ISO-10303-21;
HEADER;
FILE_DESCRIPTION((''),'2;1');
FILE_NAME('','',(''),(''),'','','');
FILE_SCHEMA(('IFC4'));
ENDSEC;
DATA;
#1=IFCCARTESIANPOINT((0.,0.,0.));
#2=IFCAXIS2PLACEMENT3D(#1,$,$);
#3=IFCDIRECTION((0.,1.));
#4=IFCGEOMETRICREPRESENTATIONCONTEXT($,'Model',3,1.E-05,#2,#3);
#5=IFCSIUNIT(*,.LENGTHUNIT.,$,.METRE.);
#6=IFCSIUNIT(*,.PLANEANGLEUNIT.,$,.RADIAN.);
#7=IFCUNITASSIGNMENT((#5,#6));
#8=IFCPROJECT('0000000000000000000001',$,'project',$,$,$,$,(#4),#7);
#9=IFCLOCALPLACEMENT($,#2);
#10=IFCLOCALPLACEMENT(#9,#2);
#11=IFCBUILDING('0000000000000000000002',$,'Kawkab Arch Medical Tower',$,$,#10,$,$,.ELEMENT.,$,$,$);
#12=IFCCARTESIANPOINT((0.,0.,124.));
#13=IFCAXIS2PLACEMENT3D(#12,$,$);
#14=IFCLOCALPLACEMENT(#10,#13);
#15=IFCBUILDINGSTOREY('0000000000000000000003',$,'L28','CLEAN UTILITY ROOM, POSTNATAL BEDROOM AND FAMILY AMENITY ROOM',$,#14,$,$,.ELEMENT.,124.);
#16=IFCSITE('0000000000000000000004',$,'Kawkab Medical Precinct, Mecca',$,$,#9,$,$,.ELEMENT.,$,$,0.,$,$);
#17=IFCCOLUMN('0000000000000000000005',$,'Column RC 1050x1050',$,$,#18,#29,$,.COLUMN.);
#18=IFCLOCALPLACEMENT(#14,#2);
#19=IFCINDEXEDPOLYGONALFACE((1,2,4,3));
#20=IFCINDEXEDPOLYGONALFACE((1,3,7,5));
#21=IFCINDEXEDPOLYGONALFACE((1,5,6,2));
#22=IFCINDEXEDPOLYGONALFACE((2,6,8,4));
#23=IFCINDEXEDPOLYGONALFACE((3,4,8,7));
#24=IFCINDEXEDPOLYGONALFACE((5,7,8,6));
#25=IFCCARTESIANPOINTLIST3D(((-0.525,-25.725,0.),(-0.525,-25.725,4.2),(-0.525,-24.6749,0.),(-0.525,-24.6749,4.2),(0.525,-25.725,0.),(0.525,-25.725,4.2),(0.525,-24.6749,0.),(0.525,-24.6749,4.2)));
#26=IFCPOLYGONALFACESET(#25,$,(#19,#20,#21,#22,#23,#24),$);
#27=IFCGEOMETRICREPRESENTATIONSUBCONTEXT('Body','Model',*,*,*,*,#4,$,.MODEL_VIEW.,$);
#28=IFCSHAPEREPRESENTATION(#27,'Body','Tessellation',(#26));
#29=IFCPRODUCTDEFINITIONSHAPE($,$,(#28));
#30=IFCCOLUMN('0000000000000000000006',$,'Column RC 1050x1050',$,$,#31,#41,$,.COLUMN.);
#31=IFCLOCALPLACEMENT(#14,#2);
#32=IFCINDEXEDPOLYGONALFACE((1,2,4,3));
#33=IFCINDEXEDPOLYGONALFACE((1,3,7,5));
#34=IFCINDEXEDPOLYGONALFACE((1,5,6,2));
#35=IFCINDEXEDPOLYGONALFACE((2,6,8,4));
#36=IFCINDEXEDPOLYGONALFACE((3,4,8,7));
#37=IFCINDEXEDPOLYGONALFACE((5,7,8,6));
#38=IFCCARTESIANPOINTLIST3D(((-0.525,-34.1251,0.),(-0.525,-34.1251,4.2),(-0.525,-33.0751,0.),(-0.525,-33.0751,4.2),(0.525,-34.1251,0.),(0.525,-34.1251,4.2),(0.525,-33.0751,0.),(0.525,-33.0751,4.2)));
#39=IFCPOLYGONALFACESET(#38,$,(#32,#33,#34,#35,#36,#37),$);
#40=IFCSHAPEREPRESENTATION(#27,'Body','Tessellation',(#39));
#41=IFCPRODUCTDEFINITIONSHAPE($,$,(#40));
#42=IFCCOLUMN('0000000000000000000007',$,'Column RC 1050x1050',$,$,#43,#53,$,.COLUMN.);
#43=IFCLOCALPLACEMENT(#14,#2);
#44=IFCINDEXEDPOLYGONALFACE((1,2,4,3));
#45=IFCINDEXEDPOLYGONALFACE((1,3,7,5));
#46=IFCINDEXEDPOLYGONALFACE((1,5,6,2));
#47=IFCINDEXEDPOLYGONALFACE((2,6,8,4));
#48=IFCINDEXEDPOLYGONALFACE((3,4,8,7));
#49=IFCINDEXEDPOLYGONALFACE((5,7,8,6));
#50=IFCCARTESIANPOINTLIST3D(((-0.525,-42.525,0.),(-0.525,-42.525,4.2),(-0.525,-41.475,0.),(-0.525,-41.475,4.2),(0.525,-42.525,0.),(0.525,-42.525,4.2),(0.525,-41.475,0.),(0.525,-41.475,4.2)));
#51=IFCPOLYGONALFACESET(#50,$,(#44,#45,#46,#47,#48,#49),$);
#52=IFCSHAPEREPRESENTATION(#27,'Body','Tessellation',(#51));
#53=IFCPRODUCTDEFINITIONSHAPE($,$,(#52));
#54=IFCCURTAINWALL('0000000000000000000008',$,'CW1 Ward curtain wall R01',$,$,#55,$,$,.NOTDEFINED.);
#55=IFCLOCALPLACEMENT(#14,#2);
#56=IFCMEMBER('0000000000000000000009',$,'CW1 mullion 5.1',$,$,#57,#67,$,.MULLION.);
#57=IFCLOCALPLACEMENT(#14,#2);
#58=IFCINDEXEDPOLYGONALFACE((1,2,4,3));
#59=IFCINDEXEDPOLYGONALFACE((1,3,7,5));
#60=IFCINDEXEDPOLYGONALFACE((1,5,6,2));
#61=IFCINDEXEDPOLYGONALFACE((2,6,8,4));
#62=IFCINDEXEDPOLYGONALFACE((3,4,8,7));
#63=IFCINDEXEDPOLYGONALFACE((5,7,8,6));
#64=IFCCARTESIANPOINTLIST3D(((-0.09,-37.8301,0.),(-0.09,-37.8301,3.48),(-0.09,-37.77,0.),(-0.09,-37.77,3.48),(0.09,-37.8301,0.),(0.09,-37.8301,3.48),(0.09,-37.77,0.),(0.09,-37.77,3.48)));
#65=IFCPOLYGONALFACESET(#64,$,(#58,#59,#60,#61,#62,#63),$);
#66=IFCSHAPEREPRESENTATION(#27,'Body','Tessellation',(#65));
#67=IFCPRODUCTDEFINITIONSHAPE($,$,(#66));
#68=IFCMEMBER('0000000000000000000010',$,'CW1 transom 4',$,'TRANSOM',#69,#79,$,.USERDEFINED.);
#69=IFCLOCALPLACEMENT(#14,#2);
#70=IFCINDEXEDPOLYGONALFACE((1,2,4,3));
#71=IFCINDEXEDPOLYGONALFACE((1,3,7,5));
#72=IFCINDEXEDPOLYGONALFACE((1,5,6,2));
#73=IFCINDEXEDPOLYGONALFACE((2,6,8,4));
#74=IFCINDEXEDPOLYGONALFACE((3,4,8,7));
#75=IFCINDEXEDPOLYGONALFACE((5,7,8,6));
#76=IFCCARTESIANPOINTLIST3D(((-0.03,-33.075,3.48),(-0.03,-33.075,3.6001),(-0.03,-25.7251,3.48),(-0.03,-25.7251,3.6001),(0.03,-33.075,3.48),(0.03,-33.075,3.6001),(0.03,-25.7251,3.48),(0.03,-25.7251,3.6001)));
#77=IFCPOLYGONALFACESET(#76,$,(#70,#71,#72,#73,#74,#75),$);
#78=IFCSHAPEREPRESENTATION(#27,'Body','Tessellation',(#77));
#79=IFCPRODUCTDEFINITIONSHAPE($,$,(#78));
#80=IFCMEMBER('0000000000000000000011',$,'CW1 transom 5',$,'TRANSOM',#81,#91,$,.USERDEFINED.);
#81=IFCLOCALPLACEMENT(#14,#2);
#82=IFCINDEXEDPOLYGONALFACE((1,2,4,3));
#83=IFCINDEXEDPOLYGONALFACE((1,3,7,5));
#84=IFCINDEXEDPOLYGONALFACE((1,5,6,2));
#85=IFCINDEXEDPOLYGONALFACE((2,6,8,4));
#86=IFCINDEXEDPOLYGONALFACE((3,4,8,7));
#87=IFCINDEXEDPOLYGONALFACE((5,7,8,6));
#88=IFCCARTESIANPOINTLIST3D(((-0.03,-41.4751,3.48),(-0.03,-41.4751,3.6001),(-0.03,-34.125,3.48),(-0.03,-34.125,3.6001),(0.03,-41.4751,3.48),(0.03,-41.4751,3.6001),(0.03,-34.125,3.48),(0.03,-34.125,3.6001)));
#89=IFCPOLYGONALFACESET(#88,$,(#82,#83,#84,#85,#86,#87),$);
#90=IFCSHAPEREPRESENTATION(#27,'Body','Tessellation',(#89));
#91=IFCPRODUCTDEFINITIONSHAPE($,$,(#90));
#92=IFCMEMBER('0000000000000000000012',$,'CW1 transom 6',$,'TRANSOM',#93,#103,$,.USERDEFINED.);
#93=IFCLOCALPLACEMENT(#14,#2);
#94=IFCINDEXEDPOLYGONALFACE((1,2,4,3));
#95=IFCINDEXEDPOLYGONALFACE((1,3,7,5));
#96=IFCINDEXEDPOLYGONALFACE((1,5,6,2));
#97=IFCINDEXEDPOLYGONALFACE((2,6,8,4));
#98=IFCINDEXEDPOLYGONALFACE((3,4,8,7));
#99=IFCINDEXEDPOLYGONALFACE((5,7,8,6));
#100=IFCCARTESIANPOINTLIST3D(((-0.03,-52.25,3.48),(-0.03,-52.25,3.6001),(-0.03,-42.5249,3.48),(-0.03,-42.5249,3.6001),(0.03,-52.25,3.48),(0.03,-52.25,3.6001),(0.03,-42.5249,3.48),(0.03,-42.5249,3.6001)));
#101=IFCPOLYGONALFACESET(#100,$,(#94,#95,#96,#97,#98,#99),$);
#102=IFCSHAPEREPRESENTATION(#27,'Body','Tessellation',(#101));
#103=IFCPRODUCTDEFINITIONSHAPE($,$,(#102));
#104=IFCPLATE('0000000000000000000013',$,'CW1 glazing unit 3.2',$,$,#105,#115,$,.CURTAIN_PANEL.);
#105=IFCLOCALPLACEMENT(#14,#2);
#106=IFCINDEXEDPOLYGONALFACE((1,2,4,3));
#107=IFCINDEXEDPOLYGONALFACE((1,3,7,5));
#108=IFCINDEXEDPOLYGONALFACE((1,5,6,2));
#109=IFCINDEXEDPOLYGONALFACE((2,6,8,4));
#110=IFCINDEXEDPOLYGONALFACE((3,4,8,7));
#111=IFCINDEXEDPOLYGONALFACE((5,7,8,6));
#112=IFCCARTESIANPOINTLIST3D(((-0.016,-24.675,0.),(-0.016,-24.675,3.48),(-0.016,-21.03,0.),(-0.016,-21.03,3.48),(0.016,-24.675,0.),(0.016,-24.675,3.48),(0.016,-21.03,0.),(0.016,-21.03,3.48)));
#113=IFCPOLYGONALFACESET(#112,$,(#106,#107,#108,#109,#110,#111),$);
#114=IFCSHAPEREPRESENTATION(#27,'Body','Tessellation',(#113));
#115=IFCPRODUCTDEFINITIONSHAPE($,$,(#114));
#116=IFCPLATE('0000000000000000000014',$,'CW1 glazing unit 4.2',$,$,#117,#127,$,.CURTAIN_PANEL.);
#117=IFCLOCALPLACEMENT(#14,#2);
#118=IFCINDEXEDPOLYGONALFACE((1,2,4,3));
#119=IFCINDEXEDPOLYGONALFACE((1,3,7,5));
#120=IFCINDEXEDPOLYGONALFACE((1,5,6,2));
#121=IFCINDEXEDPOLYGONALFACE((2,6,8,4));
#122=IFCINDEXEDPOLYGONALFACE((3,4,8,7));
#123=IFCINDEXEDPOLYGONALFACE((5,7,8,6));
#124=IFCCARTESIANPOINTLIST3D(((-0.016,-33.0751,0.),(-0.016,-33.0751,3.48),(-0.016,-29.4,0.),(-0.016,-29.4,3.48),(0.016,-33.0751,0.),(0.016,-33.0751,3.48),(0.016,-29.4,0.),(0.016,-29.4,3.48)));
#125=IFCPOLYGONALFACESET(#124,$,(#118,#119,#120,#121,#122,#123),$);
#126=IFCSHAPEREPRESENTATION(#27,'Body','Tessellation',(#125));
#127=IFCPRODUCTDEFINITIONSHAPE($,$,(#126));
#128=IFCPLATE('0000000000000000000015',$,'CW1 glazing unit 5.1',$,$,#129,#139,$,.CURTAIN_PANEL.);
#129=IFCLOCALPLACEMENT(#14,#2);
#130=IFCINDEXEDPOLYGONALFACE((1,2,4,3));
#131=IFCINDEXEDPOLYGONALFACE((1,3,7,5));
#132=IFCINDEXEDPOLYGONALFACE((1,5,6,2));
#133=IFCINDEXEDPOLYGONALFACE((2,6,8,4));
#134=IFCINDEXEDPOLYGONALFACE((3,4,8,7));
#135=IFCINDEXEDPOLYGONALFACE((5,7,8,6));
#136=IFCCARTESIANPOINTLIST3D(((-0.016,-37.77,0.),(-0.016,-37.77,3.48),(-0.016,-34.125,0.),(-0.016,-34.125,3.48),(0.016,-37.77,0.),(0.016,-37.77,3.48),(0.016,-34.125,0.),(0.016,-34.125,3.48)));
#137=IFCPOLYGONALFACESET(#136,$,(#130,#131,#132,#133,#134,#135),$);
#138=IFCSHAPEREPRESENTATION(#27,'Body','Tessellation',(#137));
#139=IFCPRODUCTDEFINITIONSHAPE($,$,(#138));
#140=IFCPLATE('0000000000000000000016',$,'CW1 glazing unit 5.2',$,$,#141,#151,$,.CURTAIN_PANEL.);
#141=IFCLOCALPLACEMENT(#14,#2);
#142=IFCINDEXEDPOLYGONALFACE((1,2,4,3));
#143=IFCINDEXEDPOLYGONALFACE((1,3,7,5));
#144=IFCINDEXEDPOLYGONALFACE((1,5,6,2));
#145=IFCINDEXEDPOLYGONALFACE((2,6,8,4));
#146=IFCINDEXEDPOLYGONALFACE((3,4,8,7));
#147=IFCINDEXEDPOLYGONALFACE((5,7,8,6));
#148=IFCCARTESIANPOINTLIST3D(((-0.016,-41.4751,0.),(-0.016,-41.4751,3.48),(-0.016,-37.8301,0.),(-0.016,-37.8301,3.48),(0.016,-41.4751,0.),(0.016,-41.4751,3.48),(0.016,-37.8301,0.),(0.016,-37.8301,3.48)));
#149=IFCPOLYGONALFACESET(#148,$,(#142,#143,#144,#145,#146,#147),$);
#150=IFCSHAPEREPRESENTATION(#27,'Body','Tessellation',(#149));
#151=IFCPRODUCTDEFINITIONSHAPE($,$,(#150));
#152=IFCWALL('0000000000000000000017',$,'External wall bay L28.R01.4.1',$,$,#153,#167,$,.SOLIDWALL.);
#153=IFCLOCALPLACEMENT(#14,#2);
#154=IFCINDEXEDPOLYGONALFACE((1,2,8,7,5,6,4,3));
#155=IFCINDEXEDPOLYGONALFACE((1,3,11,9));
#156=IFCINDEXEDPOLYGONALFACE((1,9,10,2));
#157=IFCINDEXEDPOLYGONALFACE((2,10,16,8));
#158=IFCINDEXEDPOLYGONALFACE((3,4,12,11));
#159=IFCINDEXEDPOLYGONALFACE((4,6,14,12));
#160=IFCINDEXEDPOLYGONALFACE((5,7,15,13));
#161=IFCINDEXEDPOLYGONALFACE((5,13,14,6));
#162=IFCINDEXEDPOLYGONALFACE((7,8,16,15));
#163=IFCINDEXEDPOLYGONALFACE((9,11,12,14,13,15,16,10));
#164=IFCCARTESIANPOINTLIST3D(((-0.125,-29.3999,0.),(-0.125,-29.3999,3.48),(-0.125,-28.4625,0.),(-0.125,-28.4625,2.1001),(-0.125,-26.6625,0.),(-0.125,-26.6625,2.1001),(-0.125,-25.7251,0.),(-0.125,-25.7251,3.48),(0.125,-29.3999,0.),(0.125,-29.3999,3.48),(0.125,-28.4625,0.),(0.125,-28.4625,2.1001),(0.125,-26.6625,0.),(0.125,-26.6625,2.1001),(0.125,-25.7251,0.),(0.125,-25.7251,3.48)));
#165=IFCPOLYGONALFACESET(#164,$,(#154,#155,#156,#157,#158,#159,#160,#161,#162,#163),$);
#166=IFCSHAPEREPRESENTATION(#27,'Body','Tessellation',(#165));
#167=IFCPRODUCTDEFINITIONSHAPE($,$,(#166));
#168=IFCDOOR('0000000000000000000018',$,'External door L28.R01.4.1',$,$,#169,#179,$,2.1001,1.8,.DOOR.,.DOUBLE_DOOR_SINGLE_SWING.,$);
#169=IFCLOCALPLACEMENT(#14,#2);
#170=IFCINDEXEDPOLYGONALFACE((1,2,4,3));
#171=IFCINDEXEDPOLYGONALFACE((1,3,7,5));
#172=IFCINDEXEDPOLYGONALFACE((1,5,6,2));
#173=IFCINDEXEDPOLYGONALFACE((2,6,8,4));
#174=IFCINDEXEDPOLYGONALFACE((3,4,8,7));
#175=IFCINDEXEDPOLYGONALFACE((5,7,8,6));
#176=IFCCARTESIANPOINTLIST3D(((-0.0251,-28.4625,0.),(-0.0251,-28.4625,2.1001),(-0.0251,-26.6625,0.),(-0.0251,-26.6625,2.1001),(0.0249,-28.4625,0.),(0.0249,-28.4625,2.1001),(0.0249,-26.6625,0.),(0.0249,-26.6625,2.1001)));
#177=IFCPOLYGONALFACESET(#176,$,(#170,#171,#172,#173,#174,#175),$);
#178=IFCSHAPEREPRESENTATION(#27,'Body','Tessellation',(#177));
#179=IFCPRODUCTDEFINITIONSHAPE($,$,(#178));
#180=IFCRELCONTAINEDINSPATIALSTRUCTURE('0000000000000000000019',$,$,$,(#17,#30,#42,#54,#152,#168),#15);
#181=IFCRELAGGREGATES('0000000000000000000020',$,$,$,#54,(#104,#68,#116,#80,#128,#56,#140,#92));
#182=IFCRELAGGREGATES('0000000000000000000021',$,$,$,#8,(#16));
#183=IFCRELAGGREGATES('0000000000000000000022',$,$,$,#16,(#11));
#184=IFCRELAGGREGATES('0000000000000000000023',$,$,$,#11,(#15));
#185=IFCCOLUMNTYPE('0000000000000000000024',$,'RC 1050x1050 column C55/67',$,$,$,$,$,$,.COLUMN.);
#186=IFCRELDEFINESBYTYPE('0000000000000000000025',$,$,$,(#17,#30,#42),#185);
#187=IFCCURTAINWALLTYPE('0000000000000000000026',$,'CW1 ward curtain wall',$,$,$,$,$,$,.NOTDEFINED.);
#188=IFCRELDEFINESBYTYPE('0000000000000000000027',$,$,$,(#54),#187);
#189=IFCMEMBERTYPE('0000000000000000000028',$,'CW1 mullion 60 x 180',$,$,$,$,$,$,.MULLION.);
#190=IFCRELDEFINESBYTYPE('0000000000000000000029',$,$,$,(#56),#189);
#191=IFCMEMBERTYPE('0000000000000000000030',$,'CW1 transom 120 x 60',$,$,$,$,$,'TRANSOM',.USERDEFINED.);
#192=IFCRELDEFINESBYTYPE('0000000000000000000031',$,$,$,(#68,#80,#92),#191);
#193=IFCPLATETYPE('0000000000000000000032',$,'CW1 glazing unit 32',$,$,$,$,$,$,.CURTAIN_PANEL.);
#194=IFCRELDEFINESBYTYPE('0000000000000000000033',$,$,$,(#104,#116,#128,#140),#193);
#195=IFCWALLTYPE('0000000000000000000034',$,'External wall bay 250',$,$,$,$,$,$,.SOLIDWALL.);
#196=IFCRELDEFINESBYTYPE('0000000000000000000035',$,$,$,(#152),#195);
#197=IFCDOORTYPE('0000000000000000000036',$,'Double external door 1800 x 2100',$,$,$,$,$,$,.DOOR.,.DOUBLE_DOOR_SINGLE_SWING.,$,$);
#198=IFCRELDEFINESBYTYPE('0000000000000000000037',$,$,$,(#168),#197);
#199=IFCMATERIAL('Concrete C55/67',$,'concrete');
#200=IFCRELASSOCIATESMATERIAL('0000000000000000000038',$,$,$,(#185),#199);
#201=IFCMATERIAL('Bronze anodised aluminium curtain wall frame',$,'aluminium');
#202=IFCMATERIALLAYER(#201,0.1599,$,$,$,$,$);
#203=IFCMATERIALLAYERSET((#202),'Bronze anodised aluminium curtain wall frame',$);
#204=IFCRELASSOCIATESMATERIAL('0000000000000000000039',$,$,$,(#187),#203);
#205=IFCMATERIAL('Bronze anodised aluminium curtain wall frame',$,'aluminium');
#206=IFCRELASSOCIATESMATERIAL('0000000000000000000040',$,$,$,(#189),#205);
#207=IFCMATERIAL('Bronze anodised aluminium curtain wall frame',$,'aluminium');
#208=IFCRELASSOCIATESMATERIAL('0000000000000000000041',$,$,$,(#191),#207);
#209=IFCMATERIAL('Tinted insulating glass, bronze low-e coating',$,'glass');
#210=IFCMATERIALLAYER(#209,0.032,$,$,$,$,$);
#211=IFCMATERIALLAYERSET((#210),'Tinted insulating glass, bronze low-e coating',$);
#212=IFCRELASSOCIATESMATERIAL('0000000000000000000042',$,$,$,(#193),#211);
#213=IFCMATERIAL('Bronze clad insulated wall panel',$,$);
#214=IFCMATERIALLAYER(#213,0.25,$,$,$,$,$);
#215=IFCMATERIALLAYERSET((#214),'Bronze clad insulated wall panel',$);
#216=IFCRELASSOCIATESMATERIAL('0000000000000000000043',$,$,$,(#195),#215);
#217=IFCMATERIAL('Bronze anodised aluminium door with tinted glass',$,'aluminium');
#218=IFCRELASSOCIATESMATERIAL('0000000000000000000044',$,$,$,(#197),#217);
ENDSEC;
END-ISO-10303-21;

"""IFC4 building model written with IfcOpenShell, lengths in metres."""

from ifc_helpers import new_model, si_unit, direction, frame, frame_2d, origin, origin_2d, place, context, subcontext, project, spatial, rectangle, extrude, material, layer, layer_set, material_profile, profile_set, type_object, element, fill, aggregate, save


model = new_model("IFC4")

# Units and contexts
model_context = context("Model", 3, precision=1e-05, world=origin(), true_north=direction((0.0, 1.0)))
body_context = subcontext(model_context, "Body", "Model", "MODEL_VIEW")
ifc_project = project(units=[si_unit("LENGTHUNIT", "METRE"), si_unit("PLANEANGLEUNIT", "RADIAN")], contexts=[model_context])

# Site, building, storey
site_placement = place(None, origin())
site = spatial("IfcSite", under=ifc_project, at=site_placement, Name="Kawkab Medical Precinct, Mecca", CompositionType="ELEMENT", RefElevation=0.0)
building_placement = place(site_placement, origin())
building = spatial("IfcBuilding", under=site, at=building_placement, Name="Kawkab Arch Medical Tower", CompositionType="ELEMENT")
storey_placement = place(building_placement, frame((0.0, 0.0, 124.0)))
storey = spatial("IfcBuildingStorey", under=building, at=storey_placement, Name="L28", Description="CLEAN UTILITY ROOM, POSTNATAL BEDROOM AND FAMILY AMENITY ROOM", CompositionType="ELEMENT", Elevation=124.0)

# Columns
ifc_material_1 = material(Name="Concrete C55/67", Category="concrete")
ifc_material_profile_1 = material_profile(ifc_material_1, rectangle(XDim=1.05, YDim=1.05, at=origin_2d()), Name="RC 1050x1050")
ifc_profile_set_1 = profile_set([ifc_material_profile_1], Name="Concrete C55/67")
column_type = type_object("IfcColumnType", Name="RC 1050x1050 column C55/67", PredefinedType="COLUMN", material=ifc_profile_set_1)
for number, where, z_axis, x_axis, name in (
    (1, (0.0, -25.2, 0.0), (0.0, 0.0, 1.0), (1.0, 0.0, 0.0), "Column RC 1050x1050"),
    (2, (0.0, -33.6001, 0.0), (0.0, 0.0, 1.0), (1.0, 0.0, 0.0), "Column RC 1050x1050"),
    (3, (0.0, -42.0, 0.0), (0.0, 0.0, 1.0), (1.0, 0.0, 0.0), "Column RC 1050x1050"),
):
    element("IfcColumn", number, at=place(storey_placement, frame(where, z_axis=z_axis, x_axis=x_axis)), inside=storey, type_object=column_type, Name=name, PredefinedType="COLUMN", context=body_context, shape_type="SweptSolid", body=[
        extrude(rectangle(XDim=1.05, YDim=1.05, at=origin_2d()), origin(), (0.0, 0.0, 1.0), 4.2),
    ])

# Curtain wall, members, plates
ifc_material_2 = material(Name="Bronze anodised aluminium curtain wall frame", Category="aluminium")
ifc_layer_1 = layer(ifc_material_2, 0.1599)
ifc_layer_set_1 = layer_set([ifc_layer_1], Name="Bronze anodised aluminium curtain wall frame")
curtain_wall_type = type_object("IfcCurtainWallType", Name="CW1 ward curtain wall", PredefinedType="NOTDEFINED", material=ifc_layer_set_1)
curtain_wall_placement = place(storey_placement, origin())
curtain_wall = element("IfcCurtainWall", 4, at=curtain_wall_placement, inside=storey, type_object=curtain_wall_type, Name="CW1 Ward curtain wall R01", PredefinedType="NOTDEFINED")
ifc_material_3 = material(Name="Bronze anodised aluminium curtain wall frame", Category="aluminium")
ifc_material_profile_2 = material_profile(ifc_material_3, rectangle(XDim=0.1799, YDim=0.0601, at=origin_2d()), Name="AL 60x180")
ifc_profile_set_2 = profile_set([ifc_material_profile_2], Name="Bronze anodised aluminium curtain wall frame")
member_type_1 = type_object("IfcMemberType", Name="CW1 mullion 60 x 180", PredefinedType="MULLION", material=ifc_profile_set_2)
member_1_placement = place(storey_placement, frame((0.0, -37.8, 0.0), z_axis=(0.0, 0.0, 1.0), x_axis=(1.0, 0.0, 0.0)))
member_1 = element("IfcMember", 5, at=member_1_placement, type_object=member_type_1, Name="CW1 mullion 5.1", PredefinedType="MULLION", context=body_context, shape_type="SweptSolid", body=[
    extrude(rectangle(XDim=0.1799, YDim=0.0601, at=origin_2d()), origin(), (0.0, 0.0, 1.0), 3.48),
])
ifc_material_4 = material(Name="Bronze anodised aluminium curtain wall frame", Category="aluminium")
ifc_material_profile_3 = material_profile(ifc_material_4, rectangle(XDim=0.0601, YDim=0.1201, at=origin_2d()), Name="AL 60x120")
ifc_profile_set_3 = profile_set([ifc_material_profile_3], Name="Bronze anodised aluminium curtain wall frame")
member_type_2 = type_object("IfcMemberType", Name="CW1 transom 120 x 60", ElementType="TRANSOM", PredefinedType="USERDEFINED", material=ifc_profile_set_3)
member_2_placement = place(storey_placement, frame((0.0, -25.7251, 3.54), z_axis=(0.0, -1.0, 0.0), x_axis=(1.0, 0.0, 0.0)))
member_2 = element("IfcMember", 6, at=member_2_placement, type_object=member_type_2, Name="CW1 transom 4", ObjectType="TRANSOM", PredefinedType="USERDEFINED", context=body_context, shape_type="SweptSolid", body=[
    extrude(rectangle(XDim=0.0601, YDim=0.1201, at=origin_2d()), origin(), (0.0, 0.0, 1.0), 7.3499),
])
member_3_placement = place(storey_placement, frame((0.0, -34.125, 3.54), z_axis=(0.0, -1.0, 0.0), x_axis=(1.0, 0.0, 0.0)))
member_3 = element("IfcMember", 7, at=member_3_placement, type_object=member_type_2, Name="CW1 transom 5", ObjectType="TRANSOM", PredefinedType="USERDEFINED", context=body_context, shape_type="SweptSolid", body=[
    extrude(rectangle(XDim=0.0601, YDim=0.1201, at=origin_2d()), origin(), (0.0, 0.0, 1.0), 7.3501),
])
member_4_placement = place(storey_placement, frame((0.0, -42.5249, 3.54), z_axis=(0.0, -1.0, 0.0), x_axis=(1.0, 0.0, 0.0)))
member_4 = element("IfcMember", 8, at=member_4_placement, type_object=member_type_2, Name="CW1 transom 6", ObjectType="TRANSOM", PredefinedType="USERDEFINED", context=body_context, shape_type="SweptSolid", body=[
    extrude(rectangle(XDim=0.0601, YDim=0.1201, at=origin_2d()), origin(), (0.0, 0.0, 1.0), 9.7251),
])
ifc_material_5 = material(Name="Tinted insulating glass, bronze low-e coating", Category="glass")
ifc_layer_2 = layer(ifc_material_5, 0.032)
ifc_layer_set_2 = layer_set([ifc_layer_2], Name="Tinted insulating glass, bronze low-e coating")
plate_type = type_object("IfcPlateType", Name="CW1 glazing unit 32", PredefinedType="CURTAIN_PANEL", material=ifc_layer_set_2)
plate_1_placement = place(storey_placement, frame((0.0, -22.8525, 0.0), z_axis=(0.0, 0.0, 1.0), x_axis=(0.0, -1.0, 0.0)))
plate_1 = element("IfcPlate", 9, at=plate_1_placement, type_object=plate_type, Name="CW1 glazing unit 3.2", PredefinedType="CURTAIN_PANEL", context=body_context, shape_type="SweptSolid", body=[
    extrude(rectangle(XDim=3.645, YDim=0.032, at=origin_2d()), origin(), (0.0, 0.0, 1.0), 3.48),
])
plate_2_placement = place(storey_placement, frame((0.0, -31.2375, 0.0), z_axis=(0.0, 0.0, 1.0), x_axis=(0.0, -1.0, 0.0)))
plate_2 = element("IfcPlate", 10, at=plate_2_placement, type_object=plate_type, Name="CW1 glazing unit 4.2", PredefinedType="CURTAIN_PANEL", context=body_context, shape_type="SweptSolid", body=[
    extrude(rectangle(XDim=3.675, YDim=0.032, at=origin_2d()), origin(), (0.0, 0.0, 1.0), 3.48),
])
plate_3_placement = place(storey_placement, frame((0.0, -35.9475, 0.0), z_axis=(0.0, 0.0, 1.0), x_axis=(0.0, -1.0, 0.0)))
plate_3 = element("IfcPlate", 11, at=plate_3_placement, type_object=plate_type, Name="CW1 glazing unit 5.1", PredefinedType="CURTAIN_PANEL", context=body_context, shape_type="SweptSolid", body=[
    extrude(rectangle(XDim=3.645, YDim=0.032, at=origin_2d()), origin(), (0.0, 0.0, 1.0), 3.48),
])
plate_4_placement = place(storey_placement, frame((0.0, -39.6526, 0.0), z_axis=(0.0, 0.0, 1.0), x_axis=(0.0, -1.0, 0.0)))
plate_4 = element("IfcPlate", 12, at=plate_4_placement, type_object=plate_type, Name="CW1 glazing unit 5.2", PredefinedType="CURTAIN_PANEL", context=body_context, shape_type="SweptSolid", body=[
    extrude(rectangle(XDim=3.645, YDim=0.032, at=origin_2d()), origin(), (0.0, 0.0, 1.0), 3.48),
])
aggregate(curtain_wall, [plate_1, member_2, plate_2, member_3, plate_3, member_1, plate_4, member_4])

# Wall, opening, door
ifc_material_6 = material(Name="Bronze clad insulated wall panel")
ifc_layer_3 = layer(ifc_material_6, 0.25)
ifc_layer_set_3 = layer_set([ifc_layer_3], Name="Bronze clad insulated wall panel")
wall_type_1 = type_object("IfcWallType", Name="External wall bay 250", PredefinedType="SOLIDWALL", material=ifc_layer_set_3)
wall_1_placement = place(storey_placement, frame((0.0, -25.7251, 0.0), z_axis=(0.0, 0.0, 1.0), x_axis=(0.0, -1.0, 0.0)))
wall_1 = element("IfcWall", 13, at=wall_1_placement, inside=storey, type_object=wall_type_1, Name="External wall bay L28.R01.4.1", PredefinedType="SOLIDWALL", context=body_context, shape_type="SweptSolid", body=[
    extrude(rectangle(XDim=3.6748, YDim=0.25, at=frame_2d((1.8374, 0.0))), origin(), (0.0, 0.0, 1.0), 3.48),
])
opening_1_placement = place(wall_1_placement, frame((0.9375, 0.0, 0.0)))
opening_1 = element("IfcOpeningElement", 14, at=opening_1_placement, cuts=wall_1, PredefinedType="OPENING", context=body_context, shape_type="SweptSolid", body=[
    extrude(rectangle(XDim=1.8, YDim=2.1001, at=frame_2d((0.8999, 1.05))), frame((0.0, 0.135, 0.0), z_axis=(0.0, -1.0, 0.0), x_axis=(1.0, 0.0, 0.0)), (0.0, 0.0, 1.0), 0.27),
])
ifc_material_7 = material(Name="Bronze anodised aluminium door with tinted glass", Category="aluminium")
door_type_1 = type_object("IfcDoorType", Name="Double external door 1800 x 2100", OperationType="DOUBLE_DOOR_SINGLE_SWING", PredefinedType="DOOR", material=ifc_material_7)
door_1_placement = place(opening_1_placement, origin())
door_1 = element("IfcDoor", 15, at=door_1_placement, inside=storey, type_object=door_type_1, Name="External door L28.R01.4.1", OperationType="DOUBLE_DOOR_SINGLE_SWING", OverallHeight=2.1001, OverallWidth=1.8, PredefinedType="DOOR", context=body_context, shape_type="SweptSolid", body=[
    extrude(rectangle(XDim=1.8, YDim=2.1001, at=frame_2d((0.8999, 1.05))), frame((0.0, 0.0249, 0.0), z_axis=(0.0, -1.0, 0.0), x_axis=(1.0, 0.0, 0.0)), (0.0, 0.0, 1.0), 0.05),
])
fill(opening_1, door_1)

save(model, "model.ifc")
